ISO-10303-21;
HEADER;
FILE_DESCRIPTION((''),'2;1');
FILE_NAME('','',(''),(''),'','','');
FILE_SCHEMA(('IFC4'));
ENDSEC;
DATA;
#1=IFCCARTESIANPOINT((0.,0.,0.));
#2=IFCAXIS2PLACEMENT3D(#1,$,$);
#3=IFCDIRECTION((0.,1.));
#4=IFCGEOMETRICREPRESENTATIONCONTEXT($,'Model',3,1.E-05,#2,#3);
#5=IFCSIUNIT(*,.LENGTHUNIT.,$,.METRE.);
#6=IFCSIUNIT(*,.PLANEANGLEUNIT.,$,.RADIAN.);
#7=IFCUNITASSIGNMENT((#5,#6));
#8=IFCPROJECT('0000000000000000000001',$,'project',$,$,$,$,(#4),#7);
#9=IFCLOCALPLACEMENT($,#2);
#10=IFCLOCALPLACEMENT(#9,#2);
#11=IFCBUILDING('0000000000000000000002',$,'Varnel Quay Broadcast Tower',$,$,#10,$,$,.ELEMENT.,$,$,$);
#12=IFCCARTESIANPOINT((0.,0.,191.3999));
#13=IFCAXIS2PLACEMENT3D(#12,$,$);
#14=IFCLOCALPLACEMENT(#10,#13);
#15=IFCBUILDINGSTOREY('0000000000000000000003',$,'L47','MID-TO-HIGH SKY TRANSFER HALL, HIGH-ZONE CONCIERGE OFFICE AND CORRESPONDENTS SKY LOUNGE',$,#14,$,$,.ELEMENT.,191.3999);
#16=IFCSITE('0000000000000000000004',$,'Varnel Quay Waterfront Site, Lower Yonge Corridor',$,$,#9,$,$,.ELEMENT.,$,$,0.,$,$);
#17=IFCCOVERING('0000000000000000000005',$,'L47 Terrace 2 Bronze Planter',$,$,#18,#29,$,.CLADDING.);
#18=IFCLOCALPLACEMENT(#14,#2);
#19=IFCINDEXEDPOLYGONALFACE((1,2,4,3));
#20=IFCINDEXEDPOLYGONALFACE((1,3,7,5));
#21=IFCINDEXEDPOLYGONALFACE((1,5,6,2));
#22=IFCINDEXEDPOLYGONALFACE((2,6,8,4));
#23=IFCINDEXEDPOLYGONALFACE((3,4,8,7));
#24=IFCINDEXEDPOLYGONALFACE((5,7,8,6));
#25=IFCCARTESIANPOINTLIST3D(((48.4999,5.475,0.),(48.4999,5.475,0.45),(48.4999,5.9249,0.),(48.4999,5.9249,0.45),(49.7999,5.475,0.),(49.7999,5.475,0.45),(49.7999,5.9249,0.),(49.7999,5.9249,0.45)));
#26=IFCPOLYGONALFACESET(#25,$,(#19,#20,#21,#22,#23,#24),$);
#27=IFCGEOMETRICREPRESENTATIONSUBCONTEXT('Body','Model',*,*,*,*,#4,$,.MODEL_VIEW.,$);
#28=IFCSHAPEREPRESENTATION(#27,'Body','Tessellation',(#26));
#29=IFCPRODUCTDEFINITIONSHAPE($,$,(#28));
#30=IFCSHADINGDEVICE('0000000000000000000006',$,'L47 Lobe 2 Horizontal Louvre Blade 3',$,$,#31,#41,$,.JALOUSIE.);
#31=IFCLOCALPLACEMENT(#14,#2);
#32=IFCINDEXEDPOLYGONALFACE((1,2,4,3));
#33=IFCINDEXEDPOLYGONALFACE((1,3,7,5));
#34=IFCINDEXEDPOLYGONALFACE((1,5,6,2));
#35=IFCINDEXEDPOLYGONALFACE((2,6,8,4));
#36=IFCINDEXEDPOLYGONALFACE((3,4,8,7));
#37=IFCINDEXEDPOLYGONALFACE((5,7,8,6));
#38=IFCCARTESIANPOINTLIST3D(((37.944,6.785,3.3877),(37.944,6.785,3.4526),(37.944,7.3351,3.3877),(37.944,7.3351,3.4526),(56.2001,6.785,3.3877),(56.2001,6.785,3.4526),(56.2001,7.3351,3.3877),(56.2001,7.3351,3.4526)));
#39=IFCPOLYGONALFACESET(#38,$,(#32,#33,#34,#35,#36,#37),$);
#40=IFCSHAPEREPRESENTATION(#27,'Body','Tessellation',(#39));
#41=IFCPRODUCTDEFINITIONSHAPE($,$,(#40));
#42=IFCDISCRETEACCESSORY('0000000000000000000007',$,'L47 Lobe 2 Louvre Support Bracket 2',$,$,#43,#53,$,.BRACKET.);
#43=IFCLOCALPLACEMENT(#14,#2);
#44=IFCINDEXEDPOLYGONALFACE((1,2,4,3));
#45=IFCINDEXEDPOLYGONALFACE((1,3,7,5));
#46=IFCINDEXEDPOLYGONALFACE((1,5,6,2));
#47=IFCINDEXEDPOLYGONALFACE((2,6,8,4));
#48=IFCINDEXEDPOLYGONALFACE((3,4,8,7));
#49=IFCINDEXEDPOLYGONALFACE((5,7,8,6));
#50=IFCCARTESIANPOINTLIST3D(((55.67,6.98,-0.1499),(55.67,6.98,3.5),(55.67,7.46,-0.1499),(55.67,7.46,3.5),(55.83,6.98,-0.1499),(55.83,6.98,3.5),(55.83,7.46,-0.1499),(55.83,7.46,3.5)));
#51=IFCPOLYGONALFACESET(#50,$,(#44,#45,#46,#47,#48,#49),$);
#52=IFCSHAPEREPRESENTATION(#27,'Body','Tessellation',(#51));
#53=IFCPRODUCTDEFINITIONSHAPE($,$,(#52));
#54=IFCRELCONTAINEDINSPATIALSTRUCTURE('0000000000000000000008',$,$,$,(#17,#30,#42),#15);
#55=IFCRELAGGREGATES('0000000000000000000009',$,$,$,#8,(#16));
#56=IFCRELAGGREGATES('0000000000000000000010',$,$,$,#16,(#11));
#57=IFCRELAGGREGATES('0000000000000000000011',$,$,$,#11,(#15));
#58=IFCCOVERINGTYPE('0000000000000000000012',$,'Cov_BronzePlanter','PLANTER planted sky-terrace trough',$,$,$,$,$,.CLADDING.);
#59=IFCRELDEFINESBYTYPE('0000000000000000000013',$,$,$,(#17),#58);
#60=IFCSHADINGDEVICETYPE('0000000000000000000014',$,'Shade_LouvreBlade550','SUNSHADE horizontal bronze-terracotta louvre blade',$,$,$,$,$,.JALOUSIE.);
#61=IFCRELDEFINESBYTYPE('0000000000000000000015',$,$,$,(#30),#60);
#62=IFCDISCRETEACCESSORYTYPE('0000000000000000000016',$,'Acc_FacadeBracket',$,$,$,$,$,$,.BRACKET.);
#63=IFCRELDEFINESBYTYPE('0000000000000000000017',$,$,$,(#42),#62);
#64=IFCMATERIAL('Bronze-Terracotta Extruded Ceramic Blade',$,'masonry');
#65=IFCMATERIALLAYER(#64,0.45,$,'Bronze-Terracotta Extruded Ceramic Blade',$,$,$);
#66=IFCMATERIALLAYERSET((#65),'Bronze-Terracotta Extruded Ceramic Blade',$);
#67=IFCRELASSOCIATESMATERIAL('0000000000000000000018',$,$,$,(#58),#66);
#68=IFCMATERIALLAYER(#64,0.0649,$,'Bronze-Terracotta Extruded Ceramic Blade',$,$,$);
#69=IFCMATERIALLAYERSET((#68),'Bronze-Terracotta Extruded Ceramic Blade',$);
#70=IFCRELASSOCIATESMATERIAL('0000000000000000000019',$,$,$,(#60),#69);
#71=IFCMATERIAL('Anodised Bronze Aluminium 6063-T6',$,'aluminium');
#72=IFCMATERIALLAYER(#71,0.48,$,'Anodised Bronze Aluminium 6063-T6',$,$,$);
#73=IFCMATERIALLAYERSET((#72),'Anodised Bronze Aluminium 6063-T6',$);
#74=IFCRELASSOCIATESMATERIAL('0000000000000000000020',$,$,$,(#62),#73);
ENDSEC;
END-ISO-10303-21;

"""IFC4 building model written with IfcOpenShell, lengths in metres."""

from ifc_helpers import new_model, si_unit, direction, frame, origin, origin_2d, place, context, subcontext, project, spatial, rectangle, extrude, source, transform, mapped, material, layer, layer_set, type_object, type_shapes, element, save


model = new_model("IFC4")

# Units and contexts
model_context = context("Model", 3, precision=1e-05, world=origin(), true_north=direction((0.0, 1.0)))
body_context = subcontext(model_context, "Body", "Model", "MODEL_VIEW")
ifc_project = project(units=[si_unit("LENGTHUNIT", "METRE"), si_unit("PLANEANGLEUNIT", "RADIAN")], contexts=[model_context])

# Site, building, storey
site_placement = place(None, origin())
site = spatial("IfcSite", under=ifc_project, at=site_placement, Name="Varnel Quay Waterfront Site, Lower Yonge Corridor", CompositionType="ELEMENT", RefElevation=0.0)
building_placement = place(site_placement, origin())
building = spatial("IfcBuilding", under=site, at=building_placement, Name="Varnel Quay Broadcast Tower", CompositionType="ELEMENT")
storey_placement = place(building_placement, frame((0.0, 0.0, 191.3999)))
storey = spatial("IfcBuildingStorey", under=building, at=storey_placement, Name="L47", Description="MID-TO-HIGH SKY TRANSFER HALL, HIGH-ZONE CONCIERGE OFFICE AND CORRESPONDENTS SKY LOUNGE", CompositionType="ELEMENT", Elevation=191.3999)

# Shared definitions
ifc_material_1 = material(Name="Anodised Bronze Aluminium 6063-T6", Category="aluminium")

# Covering
ifc_material_2 = material(Name="Bronze-Terracotta Extruded Ceramic Blade", Category="masonry")
ifc_layer_1 = layer(ifc_material_2, 0.45, Name="Bronze-Terracotta Extruded Ceramic Blade")
ifc_layer_set_1 = layer_set([ifc_layer_1], Name="Bronze-Terracotta Extruded Ceramic Blade")
covering_type = type_object("IfcCoveringType", Name="Cov_BronzePlanter", Description="PLANTER planted sky-terrace trough", PredefinedType="CLADDING", material=ifc_layer_set_1)
shared_shape_1 = source(origin(), body_context, "Body", "SweptSolid", [
    extrude(rectangle(XDim=1.3, YDim=0.45, at=origin_2d()), origin(), (0.0, 0.0, 1.0), 0.45),
])
type_shapes(covering_type, [shared_shape_1])
covering_placement = place(storey_placement, frame((49.1499, 5.7, 0.0), z_axis=(0.0, 0.0, 1.0), x_axis=(1.0, 0.0, 0.0)))
element("IfcCovering", 1, at=covering_placement, inside=storey, type_object=covering_type, Name="L47 Terrace 2 Bronze Planter", PredefinedType="CLADDING", context=body_context, shape_type="MappedRepresentation", body=[
    mapped(shared_shape_1, transform((0.0, 0.0, 0.0), x_axis=(1.0, 0.0, 0.0), y_axis=(0.0, 1.0, 0.0), z_axis=(0.0, 0.0, 1.0), scale=1.0)),
])

# Shading device
ifc_layer_2 = layer(ifc_material_2, 0.0649, Name="Bronze-Terracotta Extruded Ceramic Blade")
ifc_layer_set_2 = layer_set([ifc_layer_2], Name="Bronze-Terracotta Extruded Ceramic Blade")
shading_device_type = type_object("IfcShadingDeviceType", Name="Shade_LouvreBlade550", Description="SUNSHADE horizontal bronze-terracotta louvre blade", PredefinedType="JALOUSIE", material=ifc_layer_set_2)
shared_shape_2 = source(origin(), body_context, "Body", "SweptSolid", [
    extrude(rectangle(XDim=18.2561, YDim=0.55, at=origin_2d()), origin(), (0.0, 0.0, 1.0), 0.0649),
])
type_shapes(shading_device_type, [shared_shape_2])
shading_device_placement = place(storey_placement, frame((47.072, 7.0601, 3.3877), z_axis=(0.0, 0.0, 1.0), x_axis=(1.0, 0.0, 0.0)))
element("IfcShadingDevice", 2, at=shading_device_placement, inside=storey, type_object=shading_device_type, Name="L47 Lobe 2 Horizontal Louvre Blade 3", PredefinedType="JALOUSIE", context=body_context, shape_type="MappedRepresentation", body=[
    mapped(shared_shape_2, transform((0.0, 0.0, 0.0), x_axis=(1.0, 0.0, 0.0), y_axis=(0.0, 1.0, 0.0), z_axis=(0.0, 0.0, 1.0), scale=1.0)),
])

# Discrete accessory
ifc_layer_3 = layer(ifc_material_1, 0.48, Name="Anodised Bronze Aluminium 6063-T6")
ifc_layer_set_3 = layer_set([ifc_layer_3], Name="Anodised Bronze Aluminium 6063-T6")
discrete_accessory_type = type_object("IfcDiscreteAccessoryType", Name="Acc_FacadeBracket", PredefinedType="BRACKET", material=ifc_layer_set_3)
shared_shape_3 = source(origin(), body_context, "Body", "SweptSolid", [
    extrude(rectangle(XDim=0.1599, YDim=0.48, at=origin_2d()), origin(), (0.0, 0.0, 1.0), 3.6499),
])
type_shapes(discrete_accessory_type, [shared_shape_3])
discrete_accessory_placement = place(storey_placement, frame((55.75, 7.22, -0.1499), z_axis=(0.0, 0.0, 1.0), x_axis=(1.0, 0.0, 0.0)))
element("IfcDiscreteAccessory", 3, at=discrete_accessory_placement, inside=storey, type_object=discrete_accessory_type, Name="L47 Lobe 2 Louvre Support Bracket 2", PredefinedType="BRACKET", context=body_context, shape_type="MappedRepresentation", body=[
    mapped(shared_shape_3, transform((0.0, 0.0, 0.0), x_axis=(1.0, 0.0, 0.0), y_axis=(0.0, 1.0, 0.0), z_axis=(0.0, 0.0, 1.0), scale=1.0)),
])

save(model, "model.ifc")
